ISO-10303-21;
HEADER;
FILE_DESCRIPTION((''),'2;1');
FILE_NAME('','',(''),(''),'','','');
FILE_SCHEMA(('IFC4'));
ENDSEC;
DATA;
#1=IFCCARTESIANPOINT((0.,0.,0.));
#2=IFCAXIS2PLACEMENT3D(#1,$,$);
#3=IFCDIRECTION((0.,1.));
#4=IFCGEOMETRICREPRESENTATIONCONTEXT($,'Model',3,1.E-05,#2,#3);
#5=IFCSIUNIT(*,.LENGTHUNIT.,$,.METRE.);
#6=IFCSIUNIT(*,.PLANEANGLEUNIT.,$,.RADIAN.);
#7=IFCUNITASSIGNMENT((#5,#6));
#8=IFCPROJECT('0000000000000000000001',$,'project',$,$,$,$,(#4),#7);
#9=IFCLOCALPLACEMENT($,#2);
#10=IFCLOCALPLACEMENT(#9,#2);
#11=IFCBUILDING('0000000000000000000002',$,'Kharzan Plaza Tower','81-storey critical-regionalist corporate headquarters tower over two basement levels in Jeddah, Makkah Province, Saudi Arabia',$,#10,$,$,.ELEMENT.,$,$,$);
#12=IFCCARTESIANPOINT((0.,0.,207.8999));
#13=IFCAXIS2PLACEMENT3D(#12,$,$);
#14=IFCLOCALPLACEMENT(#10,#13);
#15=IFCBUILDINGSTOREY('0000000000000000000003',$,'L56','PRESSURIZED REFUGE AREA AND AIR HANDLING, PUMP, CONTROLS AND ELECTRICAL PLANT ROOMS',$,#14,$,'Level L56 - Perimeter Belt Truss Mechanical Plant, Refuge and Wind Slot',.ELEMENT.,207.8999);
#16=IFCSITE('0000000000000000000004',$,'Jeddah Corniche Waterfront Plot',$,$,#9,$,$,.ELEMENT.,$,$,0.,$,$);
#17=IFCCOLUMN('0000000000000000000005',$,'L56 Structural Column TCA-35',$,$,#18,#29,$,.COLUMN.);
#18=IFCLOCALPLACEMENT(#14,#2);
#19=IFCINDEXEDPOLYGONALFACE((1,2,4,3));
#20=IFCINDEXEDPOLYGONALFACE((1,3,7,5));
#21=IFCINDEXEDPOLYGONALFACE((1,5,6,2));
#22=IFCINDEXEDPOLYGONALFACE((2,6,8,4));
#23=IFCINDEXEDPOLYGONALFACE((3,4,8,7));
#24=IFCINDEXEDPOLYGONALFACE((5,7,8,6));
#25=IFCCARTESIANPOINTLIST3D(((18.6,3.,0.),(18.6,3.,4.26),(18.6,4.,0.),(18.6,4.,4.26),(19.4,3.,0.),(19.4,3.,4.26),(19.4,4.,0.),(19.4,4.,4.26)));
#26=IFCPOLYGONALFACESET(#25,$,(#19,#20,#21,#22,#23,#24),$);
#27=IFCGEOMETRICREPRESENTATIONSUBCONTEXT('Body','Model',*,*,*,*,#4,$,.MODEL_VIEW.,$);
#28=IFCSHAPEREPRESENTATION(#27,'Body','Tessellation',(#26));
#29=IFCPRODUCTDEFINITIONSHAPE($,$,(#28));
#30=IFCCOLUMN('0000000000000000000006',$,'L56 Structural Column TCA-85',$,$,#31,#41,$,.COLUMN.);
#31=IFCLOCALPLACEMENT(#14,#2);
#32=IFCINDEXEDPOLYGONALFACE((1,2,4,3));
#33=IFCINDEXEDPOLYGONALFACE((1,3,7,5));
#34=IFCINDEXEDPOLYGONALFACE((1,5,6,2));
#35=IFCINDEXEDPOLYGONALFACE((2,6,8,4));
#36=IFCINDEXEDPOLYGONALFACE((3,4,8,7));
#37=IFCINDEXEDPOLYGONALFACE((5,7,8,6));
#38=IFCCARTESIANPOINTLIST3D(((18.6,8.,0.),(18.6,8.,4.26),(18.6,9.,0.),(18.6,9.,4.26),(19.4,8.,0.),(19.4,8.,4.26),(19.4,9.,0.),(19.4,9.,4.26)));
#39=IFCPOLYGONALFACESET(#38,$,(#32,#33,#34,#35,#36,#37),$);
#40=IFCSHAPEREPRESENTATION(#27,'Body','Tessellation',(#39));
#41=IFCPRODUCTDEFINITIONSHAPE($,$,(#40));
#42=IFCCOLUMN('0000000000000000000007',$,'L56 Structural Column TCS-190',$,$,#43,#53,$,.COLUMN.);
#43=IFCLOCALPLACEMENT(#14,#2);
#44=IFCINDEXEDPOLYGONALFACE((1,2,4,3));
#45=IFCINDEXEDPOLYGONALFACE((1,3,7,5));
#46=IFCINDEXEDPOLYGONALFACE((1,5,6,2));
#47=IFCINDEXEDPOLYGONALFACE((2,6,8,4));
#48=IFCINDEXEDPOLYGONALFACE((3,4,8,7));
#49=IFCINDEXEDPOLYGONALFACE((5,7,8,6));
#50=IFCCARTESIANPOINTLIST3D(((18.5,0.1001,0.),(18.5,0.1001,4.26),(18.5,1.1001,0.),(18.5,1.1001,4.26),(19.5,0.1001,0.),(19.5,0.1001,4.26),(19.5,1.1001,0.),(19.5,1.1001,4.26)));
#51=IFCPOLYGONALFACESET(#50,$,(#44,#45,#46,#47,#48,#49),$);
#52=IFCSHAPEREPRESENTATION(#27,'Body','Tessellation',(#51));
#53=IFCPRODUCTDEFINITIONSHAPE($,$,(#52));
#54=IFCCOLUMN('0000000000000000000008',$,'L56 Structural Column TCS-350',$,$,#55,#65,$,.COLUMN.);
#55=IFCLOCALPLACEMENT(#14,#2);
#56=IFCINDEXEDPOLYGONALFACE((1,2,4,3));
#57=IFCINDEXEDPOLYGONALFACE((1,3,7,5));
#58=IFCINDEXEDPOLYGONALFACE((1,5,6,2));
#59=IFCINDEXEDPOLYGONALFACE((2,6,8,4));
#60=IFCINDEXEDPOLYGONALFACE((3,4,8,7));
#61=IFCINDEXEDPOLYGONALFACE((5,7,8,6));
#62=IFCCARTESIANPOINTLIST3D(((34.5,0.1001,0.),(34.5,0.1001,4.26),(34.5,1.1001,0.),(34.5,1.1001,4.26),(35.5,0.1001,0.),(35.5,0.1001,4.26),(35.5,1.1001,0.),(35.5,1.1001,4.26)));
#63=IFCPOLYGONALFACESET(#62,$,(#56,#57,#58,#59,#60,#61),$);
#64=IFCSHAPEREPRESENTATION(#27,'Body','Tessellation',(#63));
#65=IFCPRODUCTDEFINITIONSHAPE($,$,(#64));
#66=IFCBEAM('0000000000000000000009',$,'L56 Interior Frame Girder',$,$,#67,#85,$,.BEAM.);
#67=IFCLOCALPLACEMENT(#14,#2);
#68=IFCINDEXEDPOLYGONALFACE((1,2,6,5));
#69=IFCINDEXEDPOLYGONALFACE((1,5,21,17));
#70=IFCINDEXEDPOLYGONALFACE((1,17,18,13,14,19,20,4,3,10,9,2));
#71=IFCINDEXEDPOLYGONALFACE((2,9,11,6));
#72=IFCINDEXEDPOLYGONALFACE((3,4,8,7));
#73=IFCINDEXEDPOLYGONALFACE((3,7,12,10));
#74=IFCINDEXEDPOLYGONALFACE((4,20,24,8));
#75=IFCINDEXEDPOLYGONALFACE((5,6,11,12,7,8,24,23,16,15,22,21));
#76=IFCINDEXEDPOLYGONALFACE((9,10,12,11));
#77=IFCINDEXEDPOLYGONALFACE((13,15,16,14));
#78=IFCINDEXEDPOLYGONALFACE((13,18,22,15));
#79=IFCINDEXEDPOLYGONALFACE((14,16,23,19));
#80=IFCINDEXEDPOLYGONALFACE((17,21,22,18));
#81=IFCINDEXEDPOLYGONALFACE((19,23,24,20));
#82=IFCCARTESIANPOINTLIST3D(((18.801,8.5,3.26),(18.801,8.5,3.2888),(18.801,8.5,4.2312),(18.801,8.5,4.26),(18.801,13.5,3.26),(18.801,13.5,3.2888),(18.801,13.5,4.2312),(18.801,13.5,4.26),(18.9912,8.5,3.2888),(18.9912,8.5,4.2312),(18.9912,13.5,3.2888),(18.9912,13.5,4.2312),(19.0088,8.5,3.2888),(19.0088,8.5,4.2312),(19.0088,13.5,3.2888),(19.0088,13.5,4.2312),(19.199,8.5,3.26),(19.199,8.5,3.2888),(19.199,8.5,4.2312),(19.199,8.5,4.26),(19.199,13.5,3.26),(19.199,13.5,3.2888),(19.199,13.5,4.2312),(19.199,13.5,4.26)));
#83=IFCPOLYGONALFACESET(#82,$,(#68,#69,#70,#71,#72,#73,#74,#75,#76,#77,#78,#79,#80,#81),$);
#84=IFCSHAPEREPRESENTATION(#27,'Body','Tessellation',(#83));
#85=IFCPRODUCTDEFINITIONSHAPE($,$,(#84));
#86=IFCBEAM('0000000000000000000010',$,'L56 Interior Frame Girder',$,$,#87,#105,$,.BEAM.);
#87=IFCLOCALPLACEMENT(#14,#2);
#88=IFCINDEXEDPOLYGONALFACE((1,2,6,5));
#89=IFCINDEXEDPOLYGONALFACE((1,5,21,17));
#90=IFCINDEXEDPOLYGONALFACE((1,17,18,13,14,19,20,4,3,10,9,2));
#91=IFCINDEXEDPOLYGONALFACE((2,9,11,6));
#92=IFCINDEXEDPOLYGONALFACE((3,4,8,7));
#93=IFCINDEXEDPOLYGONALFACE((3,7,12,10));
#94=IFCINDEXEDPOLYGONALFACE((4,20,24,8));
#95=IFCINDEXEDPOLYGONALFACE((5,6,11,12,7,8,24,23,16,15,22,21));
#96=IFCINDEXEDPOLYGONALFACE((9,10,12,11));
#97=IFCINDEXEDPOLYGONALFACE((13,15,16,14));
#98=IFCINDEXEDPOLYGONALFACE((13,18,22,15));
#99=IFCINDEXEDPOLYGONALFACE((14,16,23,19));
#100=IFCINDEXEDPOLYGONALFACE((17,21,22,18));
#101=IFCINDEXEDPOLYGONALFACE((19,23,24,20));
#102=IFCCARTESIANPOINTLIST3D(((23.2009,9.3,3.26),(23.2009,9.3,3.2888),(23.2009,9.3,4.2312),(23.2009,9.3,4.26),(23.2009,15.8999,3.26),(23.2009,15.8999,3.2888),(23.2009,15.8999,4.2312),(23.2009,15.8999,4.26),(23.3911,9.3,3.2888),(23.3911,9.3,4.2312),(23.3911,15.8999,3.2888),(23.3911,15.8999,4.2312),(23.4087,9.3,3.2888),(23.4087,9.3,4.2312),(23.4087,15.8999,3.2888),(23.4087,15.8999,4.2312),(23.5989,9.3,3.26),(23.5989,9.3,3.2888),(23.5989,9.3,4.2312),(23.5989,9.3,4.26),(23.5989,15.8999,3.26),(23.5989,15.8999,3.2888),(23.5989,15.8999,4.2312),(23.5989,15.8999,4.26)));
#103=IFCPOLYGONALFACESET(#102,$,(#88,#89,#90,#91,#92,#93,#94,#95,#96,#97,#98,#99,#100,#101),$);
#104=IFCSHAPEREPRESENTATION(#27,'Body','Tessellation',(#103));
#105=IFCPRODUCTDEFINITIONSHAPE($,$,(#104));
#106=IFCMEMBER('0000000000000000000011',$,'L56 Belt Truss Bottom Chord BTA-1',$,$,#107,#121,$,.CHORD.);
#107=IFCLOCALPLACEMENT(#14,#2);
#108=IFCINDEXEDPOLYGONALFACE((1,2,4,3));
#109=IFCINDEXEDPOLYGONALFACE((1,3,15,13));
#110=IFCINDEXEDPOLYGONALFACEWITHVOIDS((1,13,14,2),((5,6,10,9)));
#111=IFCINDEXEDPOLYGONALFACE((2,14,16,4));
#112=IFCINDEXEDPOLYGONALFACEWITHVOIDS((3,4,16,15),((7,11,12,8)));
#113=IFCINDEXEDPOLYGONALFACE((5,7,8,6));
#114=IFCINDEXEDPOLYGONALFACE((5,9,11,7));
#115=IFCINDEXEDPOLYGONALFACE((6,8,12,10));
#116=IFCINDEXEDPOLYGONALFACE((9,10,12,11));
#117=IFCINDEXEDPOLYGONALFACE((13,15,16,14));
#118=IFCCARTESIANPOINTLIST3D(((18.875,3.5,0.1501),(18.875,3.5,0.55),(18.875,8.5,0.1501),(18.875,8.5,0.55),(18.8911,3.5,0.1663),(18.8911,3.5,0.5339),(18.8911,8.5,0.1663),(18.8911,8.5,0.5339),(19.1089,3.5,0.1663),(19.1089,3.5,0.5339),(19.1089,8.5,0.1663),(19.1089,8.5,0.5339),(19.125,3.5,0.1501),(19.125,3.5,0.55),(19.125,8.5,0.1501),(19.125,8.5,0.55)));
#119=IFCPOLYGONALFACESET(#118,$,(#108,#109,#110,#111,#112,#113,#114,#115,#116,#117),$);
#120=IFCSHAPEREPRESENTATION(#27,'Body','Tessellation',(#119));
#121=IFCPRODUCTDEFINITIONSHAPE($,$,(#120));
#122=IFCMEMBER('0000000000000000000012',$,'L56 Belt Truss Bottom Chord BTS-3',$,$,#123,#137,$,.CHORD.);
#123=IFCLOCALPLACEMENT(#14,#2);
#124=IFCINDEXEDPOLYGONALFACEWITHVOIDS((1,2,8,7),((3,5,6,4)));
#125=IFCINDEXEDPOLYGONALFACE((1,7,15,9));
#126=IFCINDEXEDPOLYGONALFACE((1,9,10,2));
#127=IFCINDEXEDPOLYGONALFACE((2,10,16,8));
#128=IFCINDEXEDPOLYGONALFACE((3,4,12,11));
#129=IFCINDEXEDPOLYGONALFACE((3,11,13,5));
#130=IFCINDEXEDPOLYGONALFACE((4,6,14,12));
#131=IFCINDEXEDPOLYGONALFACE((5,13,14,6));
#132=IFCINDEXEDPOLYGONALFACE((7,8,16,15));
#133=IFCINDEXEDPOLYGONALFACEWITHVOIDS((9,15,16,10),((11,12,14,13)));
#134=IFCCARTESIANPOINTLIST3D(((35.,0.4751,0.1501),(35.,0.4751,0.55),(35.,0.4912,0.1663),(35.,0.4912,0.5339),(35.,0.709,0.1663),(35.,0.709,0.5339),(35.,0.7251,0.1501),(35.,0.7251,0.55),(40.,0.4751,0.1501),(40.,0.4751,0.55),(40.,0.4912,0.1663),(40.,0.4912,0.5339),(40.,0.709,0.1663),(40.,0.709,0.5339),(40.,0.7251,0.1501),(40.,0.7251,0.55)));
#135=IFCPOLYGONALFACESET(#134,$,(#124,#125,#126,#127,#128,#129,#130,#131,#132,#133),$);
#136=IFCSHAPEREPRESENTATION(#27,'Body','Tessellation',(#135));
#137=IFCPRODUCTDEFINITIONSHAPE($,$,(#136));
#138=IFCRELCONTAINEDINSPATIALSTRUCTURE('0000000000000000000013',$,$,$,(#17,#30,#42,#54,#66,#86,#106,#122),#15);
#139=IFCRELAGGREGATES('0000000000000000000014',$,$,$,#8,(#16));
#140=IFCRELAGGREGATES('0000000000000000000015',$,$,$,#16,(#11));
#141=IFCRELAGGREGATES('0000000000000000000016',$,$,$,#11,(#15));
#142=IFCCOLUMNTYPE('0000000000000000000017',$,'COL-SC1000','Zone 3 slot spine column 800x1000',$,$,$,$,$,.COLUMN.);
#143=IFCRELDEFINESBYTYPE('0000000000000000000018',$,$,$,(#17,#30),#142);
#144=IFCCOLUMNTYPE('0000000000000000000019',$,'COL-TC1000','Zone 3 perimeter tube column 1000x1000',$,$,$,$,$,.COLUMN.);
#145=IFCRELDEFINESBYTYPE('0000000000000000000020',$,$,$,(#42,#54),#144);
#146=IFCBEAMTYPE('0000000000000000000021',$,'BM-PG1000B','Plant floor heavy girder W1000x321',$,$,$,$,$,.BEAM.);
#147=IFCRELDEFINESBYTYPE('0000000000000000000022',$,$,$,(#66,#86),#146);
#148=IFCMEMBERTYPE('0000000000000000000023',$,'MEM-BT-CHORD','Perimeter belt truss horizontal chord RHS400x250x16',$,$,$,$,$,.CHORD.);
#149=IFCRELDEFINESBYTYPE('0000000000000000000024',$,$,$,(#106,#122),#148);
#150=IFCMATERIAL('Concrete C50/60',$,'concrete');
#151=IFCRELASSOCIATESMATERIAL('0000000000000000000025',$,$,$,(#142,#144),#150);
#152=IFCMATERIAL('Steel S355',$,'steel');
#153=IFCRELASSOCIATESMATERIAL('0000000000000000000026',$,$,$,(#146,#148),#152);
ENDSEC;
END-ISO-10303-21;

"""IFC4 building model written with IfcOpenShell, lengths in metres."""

from ifc_helpers import new_model, si_unit, direction, frame, origin, origin_2d, place, context, subcontext, project, spatial, rectangle, hollow_rectangle, i_section, extrude, source, transform, mapped, material, material_profile, profile_set, type_object, element, save


model = new_model("IFC4")

# Units and contexts
model_context = context("Model", 3, precision=1e-05, world=origin(), true_north=direction((0.0, 1.0)))
body_context = subcontext(model_context, "Body", "Model", "MODEL_VIEW")
ifc_project = project(units=[si_unit("LENGTHUNIT", "METRE"), si_unit("PLANEANGLEUNIT", "RADIAN")], contexts=[model_context])

# Site, building, storey
site_placement = place(None, origin())
site = spatial("IfcSite", under=ifc_project, at=site_placement, Name="Jeddah Corniche Waterfront Plot", CompositionType="ELEMENT", RefElevation=0.0)
building_placement = place(site_placement, origin())
building = spatial("IfcBuilding", under=site, at=building_placement, Name="Kharzan Plaza Tower", Description="81-storey critical-regionalist corporate headquarters tower over two basement levels in Jeddah, Makkah Province, Saudi Arabia", CompositionType="ELEMENT")
storey_placement = place(building_placement, frame((0.0, 0.0, 207.8999)))
storey = spatial("IfcBuildingStorey", under=building, at=storey_placement, Name="L56", Description="PRESSURIZED REFUGE AREA AND AIR HANDLING, PUMP, CONTROLS AND ELECTRICAL PLANT ROOMS", LongName="Level L56 - Perimeter Belt Truss Mechanical Plant, Refuge and Wind Slot", CompositionType="ELEMENT", Elevation=207.8999)

# Columns
ifc_material_1 = material(Name="Concrete C50/60", Category="concrete")
ifc_material_profile_1 = material_profile(ifc_material_1, rectangle(XDim=0.8, YDim=1.0, at=origin_2d()), Name="RC-SC1000x800")
ifc_profile_set_1 = profile_set([ifc_material_profile_1], Name="Concrete C50/60")
column_type_1 = type_object("IfcColumnType", Name="COL-SC1000", Description="Zone 3 slot spine column 800x1000", PredefinedType="COLUMN", material=ifc_profile_set_1)
shared_shape_1 = source(origin(), body_context, "Body", "SweptSolid", [
    extrude(rectangle(XDim=0.8, YDim=1.0, at=origin_2d()), origin(), (0.0, 0.0, 1.0), 4.26),
])
for number, where, z_axis, x_axis, name in (
    (1, (19.0, 3.5, 0.0), (0.0, 0.0, 1.0), (1.0, 0.0, 0.0), "L56 Structural Column TCA-35"),
    (2, (19.0, 8.5, 0.0), (0.0, 0.0, 1.0), (1.0, 0.0, 0.0), "L56 Structural Column TCA-85"),
):
    element("IfcColumn", number, at=place(storey_placement, frame(where, z_axis=z_axis, x_axis=x_axis)), inside=storey, type_object=column_type_1, Name=name, PredefinedType="COLUMN", context=body_context, shape_type="MappedRepresentation", body=[
        mapped(shared_shape_1, transform((0.0, 0.0, 0.0), x_axis=(1.0, 0.0, 0.0), y_axis=(0.0, 1.0, 0.0), z_axis=(0.0, 0.0, 1.0))),
    ])
ifc_material_profile_2 = material_profile(ifc_material_1, rectangle(XDim=1.0, YDim=1.0, at=origin_2d()), Name="RC-TC1000x1000")
ifc_profile_set_2 = profile_set([ifc_material_profile_2], Name="Concrete C50/60")
column_type_2 = type_object("IfcColumnType", Name="COL-TC1000", Description="Zone 3 perimeter tube column 1000x1000", PredefinedType="COLUMN", material=ifc_profile_set_2)
shared_shape_2 = source(origin(), body_context, "Body", "SweptSolid", [
    extrude(rectangle(XDim=1.0, YDim=1.0, at=origin_2d()), origin(), (0.0, 0.0, 1.0), 4.26),
])
for number, where, z_axis, x_axis, name in (
    (3, (19.0, 0.6001, 0.0), (0.0, 0.0, 1.0), (1.0, 0.0, 0.0), "L56 Structural Column TCS-190"),
    (4, (35.0, 0.6001, 0.0), (0.0, 0.0, 1.0), (1.0, 0.0, 0.0), "L56 Structural Column TCS-350"),
):
    element("IfcColumn", number, at=place(storey_placement, frame(where, z_axis=z_axis, x_axis=x_axis)), inside=storey, type_object=column_type_2, Name=name, PredefinedType="COLUMN", context=body_context, shape_type="MappedRepresentation", body=[
        mapped(shared_shape_2, transform((0.0, 0.0, 0.0), x_axis=(1.0, 0.0, 0.0), y_axis=(0.0, 1.0, 0.0), z_axis=(0.0, 0.0, 1.0))),
    ])

# Beams
ifc_material_2 = material(Name="Steel S355", Category="steel")
ifc_material_profile_3 = material_profile(ifc_material_2, i_section(OverallWidth=0.3979, OverallDepth=1.0, WebThickness=0.0176, FlangeThickness=0.0288, at=origin_2d()), Name="W1000x321")
ifc_profile_set_3 = profile_set([ifc_material_profile_3], Name="Steel S355")
beam_type_1 = type_object("IfcBeamType", Name="BM-PG1000B", Description="Plant floor heavy girder W1000x321", PredefinedType="BEAM", material=ifc_profile_set_3)
shared_shape_3 = source(origin(), body_context, "Body", "SweptSolid", [
    extrude(i_section(OverallWidth=0.3979, OverallDepth=1.0, WebThickness=0.0176, FlangeThickness=0.0288, at=origin_2d()), origin(), (0.0, 0.0, 1.0), 5.0),
])
beam_1_placement = place(storey_placement, frame((19.0, 8.5, 3.76), z_axis=(0.0, 1.0, 0.0), x_axis=(-1.0, 0.0, 0.0)))
element("IfcBeam", 5, at=beam_1_placement, inside=storey, type_object=beam_type_1, Name="L56 Interior Frame Girder", PredefinedType="BEAM", context=body_context, shape_type="MappedRepresentation", body=[
    mapped(shared_shape_3, transform((0.0, 0.0, 0.0), x_axis=(1.0, 0.0, 0.0), y_axis=(0.0, 1.0, 0.0), z_axis=(0.0, 0.0, 1.0))),
])
shared_shape_4 = source(origin(), body_context, "Body", "SweptSolid", [
    extrude(i_section(OverallWidth=0.3979, OverallDepth=1.0, WebThickness=0.0176, FlangeThickness=0.0288, at=origin_2d()), origin(), (0.0, 0.0, 1.0), 6.5999),
])
beam_2_placement = place(storey_placement, frame((23.3999, 9.3, 3.76), z_axis=(0.0, 1.0, 0.0), x_axis=(-1.0, 0.0, 0.0)))
element("IfcBeam", 6, at=beam_2_placement, inside=storey, type_object=beam_type_1, Name="L56 Interior Frame Girder", PredefinedType="BEAM", context=body_context, shape_type="MappedRepresentation", body=[
    mapped(shared_shape_4, transform((0.0, 0.0, 0.0), x_axis=(1.0, 0.0, 0.0), y_axis=(0.0, 1.0, 0.0), z_axis=(0.0, 0.0, 1.0))),
])

# Members
ifc_material_profile_4 = material_profile(ifc_material_2, hollow_rectangle(XDim=0.25, YDim=0.3999, WallThickness=0.0161, at=origin_2d()), Name="RHS400x250x16")
ifc_profile_set_4 = profile_set([ifc_material_profile_4], Name="Steel S355")
member_type_1 = type_object("IfcMemberType", Name="MEM-BT-CHORD", Description="Perimeter belt truss horizontal chord RHS400x250x16", PredefinedType="CHORD", material=ifc_profile_set_4)
shared_shape_5 = source(origin(), body_context, "Body", "SweptSolid", [
    extrude(hollow_rectangle(XDim=0.25, YDim=0.3999, WallThickness=0.0161, at=origin_2d()), origin(), (0.0, 0.0, 1.0), 5.0),
])
for number, where, z_axis, x_axis, name in (
    (7, (19.0, 3.5, 0.3501), (0.0, 1.0, 0.0), (-1.0, 0.0, 0.0), "L56 Belt Truss Bottom Chord BTA-1"),
    (8, (35.0, 0.6001, 0.3501), (1.0, 0.0, 0.0), (0.0, 1.0, 0.0), "L56 Belt Truss Bottom Chord BTS-3"),
):
    element("IfcMember", number, at=place(storey_placement, frame(where, z_axis=z_axis, x_axis=x_axis)), inside=storey, type_object=member_type_1, Name=name, PredefinedType="CHORD", context=body_context, shape_type="MappedRepresentation", body=[
        mapped(shared_shape_5, transform((0.0, 0.0, 0.0), x_axis=(1.0, 0.0, 0.0), y_axis=(0.0, 1.0, 0.0), z_axis=(0.0, 0.0, 1.0))),
    ])

save(model, "model.ifc")
